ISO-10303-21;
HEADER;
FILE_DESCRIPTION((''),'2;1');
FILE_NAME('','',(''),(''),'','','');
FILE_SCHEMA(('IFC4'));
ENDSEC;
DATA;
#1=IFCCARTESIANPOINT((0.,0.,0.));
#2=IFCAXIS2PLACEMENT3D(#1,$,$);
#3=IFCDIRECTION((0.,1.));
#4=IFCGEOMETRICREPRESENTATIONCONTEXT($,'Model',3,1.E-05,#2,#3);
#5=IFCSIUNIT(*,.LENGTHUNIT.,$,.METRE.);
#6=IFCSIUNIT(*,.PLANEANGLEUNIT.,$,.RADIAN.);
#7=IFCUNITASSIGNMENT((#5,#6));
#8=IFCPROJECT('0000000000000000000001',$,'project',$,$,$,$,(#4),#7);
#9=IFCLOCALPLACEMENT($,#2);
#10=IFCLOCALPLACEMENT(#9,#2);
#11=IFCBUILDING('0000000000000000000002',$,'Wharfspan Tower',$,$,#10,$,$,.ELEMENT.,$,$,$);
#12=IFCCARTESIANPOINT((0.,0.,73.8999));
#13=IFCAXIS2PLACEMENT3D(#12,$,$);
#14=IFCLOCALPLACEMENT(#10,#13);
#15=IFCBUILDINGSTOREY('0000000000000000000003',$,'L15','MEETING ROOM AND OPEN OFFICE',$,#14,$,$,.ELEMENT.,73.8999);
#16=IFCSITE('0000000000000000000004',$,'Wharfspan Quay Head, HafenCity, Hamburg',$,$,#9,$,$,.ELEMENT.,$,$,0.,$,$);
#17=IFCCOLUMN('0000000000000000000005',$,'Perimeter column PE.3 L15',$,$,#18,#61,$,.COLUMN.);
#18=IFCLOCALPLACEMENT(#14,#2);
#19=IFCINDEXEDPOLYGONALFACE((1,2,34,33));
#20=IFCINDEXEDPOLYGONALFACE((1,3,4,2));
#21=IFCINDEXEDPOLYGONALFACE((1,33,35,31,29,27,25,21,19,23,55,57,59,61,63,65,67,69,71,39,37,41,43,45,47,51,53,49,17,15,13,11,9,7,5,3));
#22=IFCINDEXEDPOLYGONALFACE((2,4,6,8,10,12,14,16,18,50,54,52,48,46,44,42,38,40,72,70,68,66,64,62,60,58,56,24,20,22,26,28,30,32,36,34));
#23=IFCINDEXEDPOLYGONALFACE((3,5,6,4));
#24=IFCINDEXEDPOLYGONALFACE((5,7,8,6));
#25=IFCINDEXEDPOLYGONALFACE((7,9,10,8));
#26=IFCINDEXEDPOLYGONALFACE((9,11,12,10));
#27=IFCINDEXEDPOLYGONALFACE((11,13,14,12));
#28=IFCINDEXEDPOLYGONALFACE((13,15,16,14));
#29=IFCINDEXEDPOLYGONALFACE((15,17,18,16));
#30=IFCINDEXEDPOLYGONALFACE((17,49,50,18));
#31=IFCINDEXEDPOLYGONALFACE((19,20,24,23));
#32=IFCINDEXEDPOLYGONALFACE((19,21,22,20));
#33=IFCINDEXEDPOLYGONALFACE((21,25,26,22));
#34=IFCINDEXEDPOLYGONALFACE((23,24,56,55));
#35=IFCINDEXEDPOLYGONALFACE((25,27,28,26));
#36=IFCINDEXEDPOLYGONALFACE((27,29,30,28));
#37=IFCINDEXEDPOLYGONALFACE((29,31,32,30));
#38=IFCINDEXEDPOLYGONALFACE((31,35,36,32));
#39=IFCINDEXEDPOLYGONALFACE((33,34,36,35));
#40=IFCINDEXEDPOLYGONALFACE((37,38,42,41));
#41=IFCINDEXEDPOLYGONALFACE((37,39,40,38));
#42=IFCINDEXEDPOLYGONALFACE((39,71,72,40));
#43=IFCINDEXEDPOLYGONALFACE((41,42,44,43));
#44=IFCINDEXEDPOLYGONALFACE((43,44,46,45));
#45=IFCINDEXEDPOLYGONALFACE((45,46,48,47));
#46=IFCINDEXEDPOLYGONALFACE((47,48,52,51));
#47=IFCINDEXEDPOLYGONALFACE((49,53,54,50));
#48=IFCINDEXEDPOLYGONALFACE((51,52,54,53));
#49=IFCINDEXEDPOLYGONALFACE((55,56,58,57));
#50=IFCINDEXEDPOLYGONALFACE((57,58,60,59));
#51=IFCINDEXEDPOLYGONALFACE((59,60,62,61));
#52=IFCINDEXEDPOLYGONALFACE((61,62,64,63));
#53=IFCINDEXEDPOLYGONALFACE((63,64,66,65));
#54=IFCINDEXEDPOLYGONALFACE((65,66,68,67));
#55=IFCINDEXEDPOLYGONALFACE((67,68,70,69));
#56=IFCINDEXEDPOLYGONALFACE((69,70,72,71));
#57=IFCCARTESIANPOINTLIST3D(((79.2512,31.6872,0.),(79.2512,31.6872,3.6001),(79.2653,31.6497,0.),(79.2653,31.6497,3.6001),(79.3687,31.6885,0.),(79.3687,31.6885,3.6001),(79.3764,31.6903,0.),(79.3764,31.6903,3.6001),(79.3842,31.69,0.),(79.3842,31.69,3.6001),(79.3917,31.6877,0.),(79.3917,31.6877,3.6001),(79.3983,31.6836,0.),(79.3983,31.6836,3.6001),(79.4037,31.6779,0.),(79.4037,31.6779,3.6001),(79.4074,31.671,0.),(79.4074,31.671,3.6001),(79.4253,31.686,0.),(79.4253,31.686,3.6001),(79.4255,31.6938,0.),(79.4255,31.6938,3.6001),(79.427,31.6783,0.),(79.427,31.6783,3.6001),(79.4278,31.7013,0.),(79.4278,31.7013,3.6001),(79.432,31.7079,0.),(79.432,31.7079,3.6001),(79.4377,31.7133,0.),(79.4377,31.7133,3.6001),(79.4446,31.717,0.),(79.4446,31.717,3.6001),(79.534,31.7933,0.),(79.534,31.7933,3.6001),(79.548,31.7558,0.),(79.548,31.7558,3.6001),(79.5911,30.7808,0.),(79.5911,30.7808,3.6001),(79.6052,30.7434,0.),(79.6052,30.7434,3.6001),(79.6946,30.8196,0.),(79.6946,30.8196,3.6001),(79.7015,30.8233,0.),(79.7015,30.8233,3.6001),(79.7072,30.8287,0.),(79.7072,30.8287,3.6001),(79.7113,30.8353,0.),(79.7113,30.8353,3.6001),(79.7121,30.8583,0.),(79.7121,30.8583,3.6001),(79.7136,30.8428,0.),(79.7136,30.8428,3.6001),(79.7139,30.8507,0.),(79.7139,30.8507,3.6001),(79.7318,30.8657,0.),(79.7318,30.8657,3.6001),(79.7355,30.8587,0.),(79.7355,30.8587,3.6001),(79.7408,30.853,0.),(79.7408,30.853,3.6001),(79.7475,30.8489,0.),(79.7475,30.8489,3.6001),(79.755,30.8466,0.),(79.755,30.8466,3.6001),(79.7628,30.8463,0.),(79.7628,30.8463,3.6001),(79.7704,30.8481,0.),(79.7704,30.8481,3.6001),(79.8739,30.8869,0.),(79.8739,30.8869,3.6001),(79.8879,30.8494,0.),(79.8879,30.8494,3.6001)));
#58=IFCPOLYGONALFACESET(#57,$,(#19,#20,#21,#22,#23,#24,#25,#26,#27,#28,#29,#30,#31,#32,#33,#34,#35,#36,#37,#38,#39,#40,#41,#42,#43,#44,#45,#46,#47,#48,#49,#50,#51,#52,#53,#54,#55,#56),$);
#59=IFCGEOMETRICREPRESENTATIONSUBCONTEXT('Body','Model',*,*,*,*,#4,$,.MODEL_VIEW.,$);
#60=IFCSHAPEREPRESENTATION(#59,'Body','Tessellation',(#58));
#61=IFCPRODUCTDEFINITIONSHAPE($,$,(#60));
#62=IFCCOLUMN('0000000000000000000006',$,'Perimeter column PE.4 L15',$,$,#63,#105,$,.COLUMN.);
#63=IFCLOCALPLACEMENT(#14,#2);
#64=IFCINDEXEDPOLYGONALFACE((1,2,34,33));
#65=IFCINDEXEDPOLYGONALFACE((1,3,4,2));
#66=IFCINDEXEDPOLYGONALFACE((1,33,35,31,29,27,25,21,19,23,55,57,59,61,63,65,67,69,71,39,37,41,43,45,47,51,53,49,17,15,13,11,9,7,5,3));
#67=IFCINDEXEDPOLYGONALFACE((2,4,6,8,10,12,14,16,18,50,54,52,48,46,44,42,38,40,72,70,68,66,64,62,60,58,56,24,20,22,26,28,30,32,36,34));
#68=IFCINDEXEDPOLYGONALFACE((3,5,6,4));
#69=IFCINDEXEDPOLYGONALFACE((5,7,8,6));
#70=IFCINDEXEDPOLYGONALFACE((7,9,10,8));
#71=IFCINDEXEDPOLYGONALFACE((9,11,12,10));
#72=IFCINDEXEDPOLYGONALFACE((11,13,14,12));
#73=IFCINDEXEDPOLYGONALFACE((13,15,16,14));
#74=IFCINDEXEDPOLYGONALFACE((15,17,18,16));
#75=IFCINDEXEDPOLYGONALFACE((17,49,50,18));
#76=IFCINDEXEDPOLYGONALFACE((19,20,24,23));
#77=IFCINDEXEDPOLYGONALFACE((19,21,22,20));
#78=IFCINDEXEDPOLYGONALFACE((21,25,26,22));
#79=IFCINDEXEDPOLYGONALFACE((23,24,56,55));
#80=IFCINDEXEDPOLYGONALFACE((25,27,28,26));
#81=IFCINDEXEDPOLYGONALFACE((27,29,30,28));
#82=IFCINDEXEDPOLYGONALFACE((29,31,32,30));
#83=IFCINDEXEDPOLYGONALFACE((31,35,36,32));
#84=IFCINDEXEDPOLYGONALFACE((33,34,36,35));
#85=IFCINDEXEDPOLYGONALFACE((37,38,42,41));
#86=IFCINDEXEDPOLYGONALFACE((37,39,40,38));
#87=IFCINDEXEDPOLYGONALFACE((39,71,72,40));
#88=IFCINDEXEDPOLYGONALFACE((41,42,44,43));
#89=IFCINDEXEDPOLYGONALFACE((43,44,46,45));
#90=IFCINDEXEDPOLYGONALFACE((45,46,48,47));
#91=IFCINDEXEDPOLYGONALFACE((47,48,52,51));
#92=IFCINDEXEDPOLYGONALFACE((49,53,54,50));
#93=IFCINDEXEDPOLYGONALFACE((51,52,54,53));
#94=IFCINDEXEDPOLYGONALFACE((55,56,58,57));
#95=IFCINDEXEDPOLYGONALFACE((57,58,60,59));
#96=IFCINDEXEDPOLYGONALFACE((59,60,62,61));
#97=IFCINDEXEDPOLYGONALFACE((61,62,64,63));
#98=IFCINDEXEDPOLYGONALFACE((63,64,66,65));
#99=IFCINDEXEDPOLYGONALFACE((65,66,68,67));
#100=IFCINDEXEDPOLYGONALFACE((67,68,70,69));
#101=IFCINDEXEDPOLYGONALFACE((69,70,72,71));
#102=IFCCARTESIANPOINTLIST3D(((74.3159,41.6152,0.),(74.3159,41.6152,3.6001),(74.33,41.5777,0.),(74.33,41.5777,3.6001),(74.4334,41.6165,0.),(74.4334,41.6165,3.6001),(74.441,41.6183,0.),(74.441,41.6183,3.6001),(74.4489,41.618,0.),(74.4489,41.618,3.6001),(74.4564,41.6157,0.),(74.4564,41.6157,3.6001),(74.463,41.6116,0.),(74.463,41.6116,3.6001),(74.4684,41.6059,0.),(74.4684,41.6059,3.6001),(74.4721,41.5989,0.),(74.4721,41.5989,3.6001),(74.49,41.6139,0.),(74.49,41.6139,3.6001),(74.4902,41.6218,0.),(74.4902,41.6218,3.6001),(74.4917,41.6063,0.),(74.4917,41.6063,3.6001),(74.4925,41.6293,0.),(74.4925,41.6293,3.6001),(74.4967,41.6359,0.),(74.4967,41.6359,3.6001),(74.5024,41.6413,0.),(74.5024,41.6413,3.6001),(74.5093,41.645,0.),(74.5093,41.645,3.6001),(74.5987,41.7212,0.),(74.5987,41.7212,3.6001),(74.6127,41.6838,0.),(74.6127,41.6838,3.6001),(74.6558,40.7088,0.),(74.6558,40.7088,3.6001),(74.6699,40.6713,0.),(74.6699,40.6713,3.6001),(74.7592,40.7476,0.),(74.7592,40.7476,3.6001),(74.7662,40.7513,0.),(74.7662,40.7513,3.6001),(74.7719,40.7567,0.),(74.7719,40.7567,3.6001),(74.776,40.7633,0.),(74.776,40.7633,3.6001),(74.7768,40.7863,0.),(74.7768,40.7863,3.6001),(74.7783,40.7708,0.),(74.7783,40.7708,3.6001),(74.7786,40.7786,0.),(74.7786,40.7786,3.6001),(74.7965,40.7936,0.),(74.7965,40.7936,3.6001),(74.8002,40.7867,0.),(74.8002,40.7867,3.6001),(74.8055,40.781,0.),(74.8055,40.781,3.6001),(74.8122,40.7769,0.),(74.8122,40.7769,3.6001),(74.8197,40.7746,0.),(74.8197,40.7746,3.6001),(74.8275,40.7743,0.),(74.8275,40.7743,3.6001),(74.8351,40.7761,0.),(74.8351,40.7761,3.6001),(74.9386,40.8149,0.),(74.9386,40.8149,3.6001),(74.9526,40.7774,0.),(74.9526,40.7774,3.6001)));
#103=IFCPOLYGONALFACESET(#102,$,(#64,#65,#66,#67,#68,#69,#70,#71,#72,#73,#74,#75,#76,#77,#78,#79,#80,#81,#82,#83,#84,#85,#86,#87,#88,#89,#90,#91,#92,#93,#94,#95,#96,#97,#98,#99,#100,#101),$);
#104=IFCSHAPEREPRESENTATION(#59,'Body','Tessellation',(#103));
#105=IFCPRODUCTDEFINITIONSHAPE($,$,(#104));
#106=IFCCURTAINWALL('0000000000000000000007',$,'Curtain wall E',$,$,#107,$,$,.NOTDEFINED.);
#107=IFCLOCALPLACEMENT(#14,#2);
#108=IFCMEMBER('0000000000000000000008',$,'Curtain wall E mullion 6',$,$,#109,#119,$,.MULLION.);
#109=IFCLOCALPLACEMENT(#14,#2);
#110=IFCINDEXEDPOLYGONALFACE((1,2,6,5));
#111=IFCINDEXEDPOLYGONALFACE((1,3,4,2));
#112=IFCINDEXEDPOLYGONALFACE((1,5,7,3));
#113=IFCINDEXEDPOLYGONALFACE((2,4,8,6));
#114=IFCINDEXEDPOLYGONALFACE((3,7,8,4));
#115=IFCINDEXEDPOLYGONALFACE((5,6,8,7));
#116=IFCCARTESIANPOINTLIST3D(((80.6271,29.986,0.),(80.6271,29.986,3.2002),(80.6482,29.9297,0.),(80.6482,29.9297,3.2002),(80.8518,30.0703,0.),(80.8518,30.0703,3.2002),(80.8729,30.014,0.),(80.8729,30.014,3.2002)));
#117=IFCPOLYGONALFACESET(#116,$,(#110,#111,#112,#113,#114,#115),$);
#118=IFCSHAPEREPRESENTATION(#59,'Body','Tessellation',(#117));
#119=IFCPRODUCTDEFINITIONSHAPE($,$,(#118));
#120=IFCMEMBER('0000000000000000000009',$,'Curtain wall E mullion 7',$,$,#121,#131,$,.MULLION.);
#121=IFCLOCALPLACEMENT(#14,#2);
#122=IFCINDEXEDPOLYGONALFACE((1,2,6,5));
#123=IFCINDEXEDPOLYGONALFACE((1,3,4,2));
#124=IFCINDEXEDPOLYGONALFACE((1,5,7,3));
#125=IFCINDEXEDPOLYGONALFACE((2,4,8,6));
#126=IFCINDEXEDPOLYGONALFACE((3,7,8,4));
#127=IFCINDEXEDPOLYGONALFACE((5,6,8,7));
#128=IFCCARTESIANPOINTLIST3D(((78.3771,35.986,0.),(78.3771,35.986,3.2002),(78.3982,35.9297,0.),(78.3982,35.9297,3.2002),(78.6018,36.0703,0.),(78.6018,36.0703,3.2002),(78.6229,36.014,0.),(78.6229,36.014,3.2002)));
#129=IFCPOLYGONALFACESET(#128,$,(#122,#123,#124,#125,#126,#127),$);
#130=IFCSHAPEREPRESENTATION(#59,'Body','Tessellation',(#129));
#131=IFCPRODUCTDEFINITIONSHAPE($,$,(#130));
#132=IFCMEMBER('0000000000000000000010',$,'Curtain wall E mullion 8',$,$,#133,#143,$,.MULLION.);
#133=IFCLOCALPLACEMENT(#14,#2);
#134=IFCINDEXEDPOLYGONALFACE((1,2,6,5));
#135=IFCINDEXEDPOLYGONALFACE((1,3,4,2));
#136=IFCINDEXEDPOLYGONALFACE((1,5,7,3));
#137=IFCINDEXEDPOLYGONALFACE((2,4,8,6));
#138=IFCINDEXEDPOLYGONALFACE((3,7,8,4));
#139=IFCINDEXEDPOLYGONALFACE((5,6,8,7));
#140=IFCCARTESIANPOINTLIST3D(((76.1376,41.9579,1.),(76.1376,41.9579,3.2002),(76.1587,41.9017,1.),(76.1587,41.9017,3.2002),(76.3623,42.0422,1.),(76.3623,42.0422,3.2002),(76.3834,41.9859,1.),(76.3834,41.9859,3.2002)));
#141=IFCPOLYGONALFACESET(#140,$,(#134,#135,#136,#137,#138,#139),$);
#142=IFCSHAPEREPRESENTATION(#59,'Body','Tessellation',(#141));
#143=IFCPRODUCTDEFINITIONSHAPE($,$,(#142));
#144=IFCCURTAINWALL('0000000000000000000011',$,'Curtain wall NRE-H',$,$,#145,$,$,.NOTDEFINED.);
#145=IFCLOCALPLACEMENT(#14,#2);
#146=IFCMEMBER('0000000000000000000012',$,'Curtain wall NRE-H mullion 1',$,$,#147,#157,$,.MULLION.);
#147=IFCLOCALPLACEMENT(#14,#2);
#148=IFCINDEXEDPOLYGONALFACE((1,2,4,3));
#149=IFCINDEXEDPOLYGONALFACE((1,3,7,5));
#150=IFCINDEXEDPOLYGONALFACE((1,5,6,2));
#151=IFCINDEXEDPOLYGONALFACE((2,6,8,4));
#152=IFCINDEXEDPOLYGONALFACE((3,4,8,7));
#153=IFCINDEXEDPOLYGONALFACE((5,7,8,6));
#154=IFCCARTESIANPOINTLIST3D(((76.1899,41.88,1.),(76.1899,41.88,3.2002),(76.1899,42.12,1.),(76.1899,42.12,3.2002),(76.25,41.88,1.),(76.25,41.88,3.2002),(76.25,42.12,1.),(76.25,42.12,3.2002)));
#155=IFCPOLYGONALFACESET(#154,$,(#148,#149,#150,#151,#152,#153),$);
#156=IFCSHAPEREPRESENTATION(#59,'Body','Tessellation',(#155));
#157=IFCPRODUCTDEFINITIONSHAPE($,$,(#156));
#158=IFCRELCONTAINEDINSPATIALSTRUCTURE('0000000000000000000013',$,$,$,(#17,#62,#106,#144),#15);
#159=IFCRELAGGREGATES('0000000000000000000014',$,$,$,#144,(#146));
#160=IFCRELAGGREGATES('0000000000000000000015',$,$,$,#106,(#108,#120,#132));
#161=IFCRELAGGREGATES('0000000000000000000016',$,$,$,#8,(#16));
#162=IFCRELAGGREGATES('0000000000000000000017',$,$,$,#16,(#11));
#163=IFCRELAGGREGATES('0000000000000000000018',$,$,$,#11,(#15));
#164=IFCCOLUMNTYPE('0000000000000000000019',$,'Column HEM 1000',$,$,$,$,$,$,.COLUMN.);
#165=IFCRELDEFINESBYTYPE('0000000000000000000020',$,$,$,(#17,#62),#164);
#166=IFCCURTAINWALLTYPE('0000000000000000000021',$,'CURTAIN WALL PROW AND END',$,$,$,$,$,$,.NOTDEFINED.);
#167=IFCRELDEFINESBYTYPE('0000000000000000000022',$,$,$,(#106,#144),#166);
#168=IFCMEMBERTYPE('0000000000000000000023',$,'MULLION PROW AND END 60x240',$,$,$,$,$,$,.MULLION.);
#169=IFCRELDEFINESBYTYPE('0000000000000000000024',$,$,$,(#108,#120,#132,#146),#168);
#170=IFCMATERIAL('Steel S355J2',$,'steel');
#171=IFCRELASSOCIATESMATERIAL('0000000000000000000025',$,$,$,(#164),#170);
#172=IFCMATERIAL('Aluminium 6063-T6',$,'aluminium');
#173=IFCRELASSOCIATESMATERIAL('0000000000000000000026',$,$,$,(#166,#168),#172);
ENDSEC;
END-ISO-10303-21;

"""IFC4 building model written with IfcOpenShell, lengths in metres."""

from ifc_helpers import new_model, si_unit, direction, frame, origin, origin_2d, place, context, subcontext, project, spatial, rectangle, i_section, extrude, material, material_profile, profile_set, type_object, element, aggregate, save


model = new_model("IFC4")

# Units and contexts
model_context = context("Model", 3, precision=1e-05, world=origin(), true_north=direction((0.0, 1.0)))
body_context = subcontext(model_context, "Body", "Model", "MODEL_VIEW")
ifc_project = project(units=[si_unit("LENGTHUNIT", "METRE"), si_unit("PLANEANGLEUNIT", "RADIAN")], contexts=[model_context])

# Site, building, storey
site_placement = place(None, origin())
site = spatial("IfcSite", under=ifc_project, at=site_placement, Name="Wharfspan Quay Head, HafenCity, Hamburg", CompositionType="ELEMENT", RefElevation=0.0)
building_placement = place(site_placement, origin())
building = spatial("IfcBuilding", under=site, at=building_placement, Name="Wharfspan Tower", CompositionType="ELEMENT")
storey_placement = place(building_placement, frame((0.0, 0.0, 73.8999)))
storey = spatial("IfcBuildingStorey", under=building, at=storey_placement, Name="L15", Description="MEETING ROOM AND OPEN OFFICE", CompositionType="ELEMENT", Elevation=73.8999)

# Columns
ifc_material_1 = material(Name="Steel S355J2", Category="steel")
ifc_material_profile_1 = material_profile(ifc_material_1, i_section(OverallWidth=0.302, OverallDepth=1.0081, WebThickness=0.021, FlangeThickness=0.04, FilletRadius=0.03, at=origin_2d()))
ifc_profile_set_1 = profile_set([ifc_material_profile_1], Name="Steel S355J2")
column_type = type_object("IfcColumnType", Name="Column HEM 1000", PredefinedType="COLUMN", material=ifc_profile_set_1)
for number, where, z_axis, x_axis, name in (
    (1, (79.5696, 31.2683, 0.0), (0.0, 0.0, 1.0), (0.936328, 0.351123, 0.0), "Perimeter column PE.3 L15"),
    (2, (74.6343, 41.1963, 0.0), (0.0, 0.0, 1.0), (0.936328, 0.351123, 0.0), "Perimeter column PE.4 L15"),
):
    element("IfcColumn", number, at=place(storey_placement, frame(where, z_axis=z_axis, x_axis=x_axis)), inside=storey, type_object=column_type, Name=name, PredefinedType="COLUMN", context=body_context, shape_type="SweptSolid", body=[
        extrude(i_section(OverallWidth=0.302, OverallDepth=1.0081, WebThickness=0.021, FlangeThickness=0.04, FilletRadius=0.03, at=origin_2d()), origin(), (0.0, 0.0, 1.0), 3.6001),
    ])

# Curtain wall, members
ifc_material_2 = material(Name="Aluminium 6063-T6", Category="aluminium")
curtain_wall_type = type_object("IfcCurtainWallType", Name="CURTAIN WALL PROW AND END", PredefinedType="NOTDEFINED", material=ifc_material_2)
curtain_wall_1_placement = place(storey_placement, origin())
curtain_wall_1 = element("IfcCurtainWall", 3, at=curtain_wall_1_placement, inside=storey, type_object=curtain_wall_type, Name="Curtain wall E", PredefinedType="NOTDEFINED")
ifc_material_profile_2 = material_profile(ifc_material_2, rectangle(XDim=0.24, YDim=0.0601, at=origin_2d()))
ifc_profile_set_2 = profile_set([ifc_material_profile_2], Name="Aluminium 6063-T6")
member_type_1 = type_object("IfcMemberType", Name="MULLION PROW AND END 60x240", PredefinedType="MULLION", material=ifc_profile_set_2)
member_1_placement = place(storey_placement, frame((80.75, 30.0, 0.0), z_axis=(0.0, 0.0, 1.0), x_axis=(-0.936328, -0.351123, 0.0)))
member_1 = element("IfcMember", 4, at=member_1_placement, type_object=member_type_1, Name="Curtain wall E mullion 6", PredefinedType="MULLION", context=body_context, shape_type="SweptSolid", body=[
    extrude(rectangle(XDim=0.24, YDim=0.0601, at=origin_2d()), origin(), (0.0, 0.0, 1.0), 3.2002),
])
member_2_placement = place(storey_placement, frame((78.5, 36.0, 0.0), z_axis=(0.0, 0.0, 1.0), x_axis=(-0.936328, -0.351123, 0.0)))
member_2 = element("IfcMember", 5, at=member_2_placement, type_object=member_type_1, Name="Curtain wall E mullion 7", PredefinedType="MULLION", context=body_context, shape_type="SweptSolid", body=[
    extrude(rectangle(XDim=0.24, YDim=0.0601, at=origin_2d()), origin(), (0.0, 0.0, 1.0), 3.2002),
])
member_3_placement = place(storey_placement, frame((76.2605, 41.9719, 1.0), z_axis=(0.0, 0.0, 1.0), x_axis=(-0.936328, -0.351123, 0.0)))
member_3 = element("IfcMember", 6, at=member_3_placement, type_object=member_type_1, Name="Curtain wall E mullion 8", PredefinedType="MULLION", context=body_context, shape_type="SweptSolid", body=[
    extrude(rectangle(XDim=0.24, YDim=0.0601, at=origin_2d()), origin(), (0.0, 0.0, 1.0), 2.2002),
])

# Curtain wall, member
curtain_wall_2_placement = place(storey_placement, origin())
curtain_wall_2 = element("IfcCurtainWall", 7, at=curtain_wall_2_placement, inside=storey, type_object=curtain_wall_type, Name="Curtain wall NRE-H", PredefinedType="NOTDEFINED")
member_4_placement = place(storey_placement, frame((76.22, 42.0, 1.0), z_axis=(0.0, 0.0, 1.0), x_axis=(0.0, -1.0, 0.0)))
member_4 = element("IfcMember", 8, at=member_4_placement, type_object=member_type_1, Name="Curtain wall NRE-H mullion 1", PredefinedType="MULLION", context=body_context, shape_type="SweptSolid", body=[
    extrude(rectangle(XDim=0.24, YDim=0.0601, at=origin_2d()), origin(), (0.0, 0.0, 1.0), 2.2002),
])

aggregate(curtain_wall_2, [member_4])
aggregate(curtain_wall_1, [member_1, member_2, member_3])

save(model, "model.ifc")
